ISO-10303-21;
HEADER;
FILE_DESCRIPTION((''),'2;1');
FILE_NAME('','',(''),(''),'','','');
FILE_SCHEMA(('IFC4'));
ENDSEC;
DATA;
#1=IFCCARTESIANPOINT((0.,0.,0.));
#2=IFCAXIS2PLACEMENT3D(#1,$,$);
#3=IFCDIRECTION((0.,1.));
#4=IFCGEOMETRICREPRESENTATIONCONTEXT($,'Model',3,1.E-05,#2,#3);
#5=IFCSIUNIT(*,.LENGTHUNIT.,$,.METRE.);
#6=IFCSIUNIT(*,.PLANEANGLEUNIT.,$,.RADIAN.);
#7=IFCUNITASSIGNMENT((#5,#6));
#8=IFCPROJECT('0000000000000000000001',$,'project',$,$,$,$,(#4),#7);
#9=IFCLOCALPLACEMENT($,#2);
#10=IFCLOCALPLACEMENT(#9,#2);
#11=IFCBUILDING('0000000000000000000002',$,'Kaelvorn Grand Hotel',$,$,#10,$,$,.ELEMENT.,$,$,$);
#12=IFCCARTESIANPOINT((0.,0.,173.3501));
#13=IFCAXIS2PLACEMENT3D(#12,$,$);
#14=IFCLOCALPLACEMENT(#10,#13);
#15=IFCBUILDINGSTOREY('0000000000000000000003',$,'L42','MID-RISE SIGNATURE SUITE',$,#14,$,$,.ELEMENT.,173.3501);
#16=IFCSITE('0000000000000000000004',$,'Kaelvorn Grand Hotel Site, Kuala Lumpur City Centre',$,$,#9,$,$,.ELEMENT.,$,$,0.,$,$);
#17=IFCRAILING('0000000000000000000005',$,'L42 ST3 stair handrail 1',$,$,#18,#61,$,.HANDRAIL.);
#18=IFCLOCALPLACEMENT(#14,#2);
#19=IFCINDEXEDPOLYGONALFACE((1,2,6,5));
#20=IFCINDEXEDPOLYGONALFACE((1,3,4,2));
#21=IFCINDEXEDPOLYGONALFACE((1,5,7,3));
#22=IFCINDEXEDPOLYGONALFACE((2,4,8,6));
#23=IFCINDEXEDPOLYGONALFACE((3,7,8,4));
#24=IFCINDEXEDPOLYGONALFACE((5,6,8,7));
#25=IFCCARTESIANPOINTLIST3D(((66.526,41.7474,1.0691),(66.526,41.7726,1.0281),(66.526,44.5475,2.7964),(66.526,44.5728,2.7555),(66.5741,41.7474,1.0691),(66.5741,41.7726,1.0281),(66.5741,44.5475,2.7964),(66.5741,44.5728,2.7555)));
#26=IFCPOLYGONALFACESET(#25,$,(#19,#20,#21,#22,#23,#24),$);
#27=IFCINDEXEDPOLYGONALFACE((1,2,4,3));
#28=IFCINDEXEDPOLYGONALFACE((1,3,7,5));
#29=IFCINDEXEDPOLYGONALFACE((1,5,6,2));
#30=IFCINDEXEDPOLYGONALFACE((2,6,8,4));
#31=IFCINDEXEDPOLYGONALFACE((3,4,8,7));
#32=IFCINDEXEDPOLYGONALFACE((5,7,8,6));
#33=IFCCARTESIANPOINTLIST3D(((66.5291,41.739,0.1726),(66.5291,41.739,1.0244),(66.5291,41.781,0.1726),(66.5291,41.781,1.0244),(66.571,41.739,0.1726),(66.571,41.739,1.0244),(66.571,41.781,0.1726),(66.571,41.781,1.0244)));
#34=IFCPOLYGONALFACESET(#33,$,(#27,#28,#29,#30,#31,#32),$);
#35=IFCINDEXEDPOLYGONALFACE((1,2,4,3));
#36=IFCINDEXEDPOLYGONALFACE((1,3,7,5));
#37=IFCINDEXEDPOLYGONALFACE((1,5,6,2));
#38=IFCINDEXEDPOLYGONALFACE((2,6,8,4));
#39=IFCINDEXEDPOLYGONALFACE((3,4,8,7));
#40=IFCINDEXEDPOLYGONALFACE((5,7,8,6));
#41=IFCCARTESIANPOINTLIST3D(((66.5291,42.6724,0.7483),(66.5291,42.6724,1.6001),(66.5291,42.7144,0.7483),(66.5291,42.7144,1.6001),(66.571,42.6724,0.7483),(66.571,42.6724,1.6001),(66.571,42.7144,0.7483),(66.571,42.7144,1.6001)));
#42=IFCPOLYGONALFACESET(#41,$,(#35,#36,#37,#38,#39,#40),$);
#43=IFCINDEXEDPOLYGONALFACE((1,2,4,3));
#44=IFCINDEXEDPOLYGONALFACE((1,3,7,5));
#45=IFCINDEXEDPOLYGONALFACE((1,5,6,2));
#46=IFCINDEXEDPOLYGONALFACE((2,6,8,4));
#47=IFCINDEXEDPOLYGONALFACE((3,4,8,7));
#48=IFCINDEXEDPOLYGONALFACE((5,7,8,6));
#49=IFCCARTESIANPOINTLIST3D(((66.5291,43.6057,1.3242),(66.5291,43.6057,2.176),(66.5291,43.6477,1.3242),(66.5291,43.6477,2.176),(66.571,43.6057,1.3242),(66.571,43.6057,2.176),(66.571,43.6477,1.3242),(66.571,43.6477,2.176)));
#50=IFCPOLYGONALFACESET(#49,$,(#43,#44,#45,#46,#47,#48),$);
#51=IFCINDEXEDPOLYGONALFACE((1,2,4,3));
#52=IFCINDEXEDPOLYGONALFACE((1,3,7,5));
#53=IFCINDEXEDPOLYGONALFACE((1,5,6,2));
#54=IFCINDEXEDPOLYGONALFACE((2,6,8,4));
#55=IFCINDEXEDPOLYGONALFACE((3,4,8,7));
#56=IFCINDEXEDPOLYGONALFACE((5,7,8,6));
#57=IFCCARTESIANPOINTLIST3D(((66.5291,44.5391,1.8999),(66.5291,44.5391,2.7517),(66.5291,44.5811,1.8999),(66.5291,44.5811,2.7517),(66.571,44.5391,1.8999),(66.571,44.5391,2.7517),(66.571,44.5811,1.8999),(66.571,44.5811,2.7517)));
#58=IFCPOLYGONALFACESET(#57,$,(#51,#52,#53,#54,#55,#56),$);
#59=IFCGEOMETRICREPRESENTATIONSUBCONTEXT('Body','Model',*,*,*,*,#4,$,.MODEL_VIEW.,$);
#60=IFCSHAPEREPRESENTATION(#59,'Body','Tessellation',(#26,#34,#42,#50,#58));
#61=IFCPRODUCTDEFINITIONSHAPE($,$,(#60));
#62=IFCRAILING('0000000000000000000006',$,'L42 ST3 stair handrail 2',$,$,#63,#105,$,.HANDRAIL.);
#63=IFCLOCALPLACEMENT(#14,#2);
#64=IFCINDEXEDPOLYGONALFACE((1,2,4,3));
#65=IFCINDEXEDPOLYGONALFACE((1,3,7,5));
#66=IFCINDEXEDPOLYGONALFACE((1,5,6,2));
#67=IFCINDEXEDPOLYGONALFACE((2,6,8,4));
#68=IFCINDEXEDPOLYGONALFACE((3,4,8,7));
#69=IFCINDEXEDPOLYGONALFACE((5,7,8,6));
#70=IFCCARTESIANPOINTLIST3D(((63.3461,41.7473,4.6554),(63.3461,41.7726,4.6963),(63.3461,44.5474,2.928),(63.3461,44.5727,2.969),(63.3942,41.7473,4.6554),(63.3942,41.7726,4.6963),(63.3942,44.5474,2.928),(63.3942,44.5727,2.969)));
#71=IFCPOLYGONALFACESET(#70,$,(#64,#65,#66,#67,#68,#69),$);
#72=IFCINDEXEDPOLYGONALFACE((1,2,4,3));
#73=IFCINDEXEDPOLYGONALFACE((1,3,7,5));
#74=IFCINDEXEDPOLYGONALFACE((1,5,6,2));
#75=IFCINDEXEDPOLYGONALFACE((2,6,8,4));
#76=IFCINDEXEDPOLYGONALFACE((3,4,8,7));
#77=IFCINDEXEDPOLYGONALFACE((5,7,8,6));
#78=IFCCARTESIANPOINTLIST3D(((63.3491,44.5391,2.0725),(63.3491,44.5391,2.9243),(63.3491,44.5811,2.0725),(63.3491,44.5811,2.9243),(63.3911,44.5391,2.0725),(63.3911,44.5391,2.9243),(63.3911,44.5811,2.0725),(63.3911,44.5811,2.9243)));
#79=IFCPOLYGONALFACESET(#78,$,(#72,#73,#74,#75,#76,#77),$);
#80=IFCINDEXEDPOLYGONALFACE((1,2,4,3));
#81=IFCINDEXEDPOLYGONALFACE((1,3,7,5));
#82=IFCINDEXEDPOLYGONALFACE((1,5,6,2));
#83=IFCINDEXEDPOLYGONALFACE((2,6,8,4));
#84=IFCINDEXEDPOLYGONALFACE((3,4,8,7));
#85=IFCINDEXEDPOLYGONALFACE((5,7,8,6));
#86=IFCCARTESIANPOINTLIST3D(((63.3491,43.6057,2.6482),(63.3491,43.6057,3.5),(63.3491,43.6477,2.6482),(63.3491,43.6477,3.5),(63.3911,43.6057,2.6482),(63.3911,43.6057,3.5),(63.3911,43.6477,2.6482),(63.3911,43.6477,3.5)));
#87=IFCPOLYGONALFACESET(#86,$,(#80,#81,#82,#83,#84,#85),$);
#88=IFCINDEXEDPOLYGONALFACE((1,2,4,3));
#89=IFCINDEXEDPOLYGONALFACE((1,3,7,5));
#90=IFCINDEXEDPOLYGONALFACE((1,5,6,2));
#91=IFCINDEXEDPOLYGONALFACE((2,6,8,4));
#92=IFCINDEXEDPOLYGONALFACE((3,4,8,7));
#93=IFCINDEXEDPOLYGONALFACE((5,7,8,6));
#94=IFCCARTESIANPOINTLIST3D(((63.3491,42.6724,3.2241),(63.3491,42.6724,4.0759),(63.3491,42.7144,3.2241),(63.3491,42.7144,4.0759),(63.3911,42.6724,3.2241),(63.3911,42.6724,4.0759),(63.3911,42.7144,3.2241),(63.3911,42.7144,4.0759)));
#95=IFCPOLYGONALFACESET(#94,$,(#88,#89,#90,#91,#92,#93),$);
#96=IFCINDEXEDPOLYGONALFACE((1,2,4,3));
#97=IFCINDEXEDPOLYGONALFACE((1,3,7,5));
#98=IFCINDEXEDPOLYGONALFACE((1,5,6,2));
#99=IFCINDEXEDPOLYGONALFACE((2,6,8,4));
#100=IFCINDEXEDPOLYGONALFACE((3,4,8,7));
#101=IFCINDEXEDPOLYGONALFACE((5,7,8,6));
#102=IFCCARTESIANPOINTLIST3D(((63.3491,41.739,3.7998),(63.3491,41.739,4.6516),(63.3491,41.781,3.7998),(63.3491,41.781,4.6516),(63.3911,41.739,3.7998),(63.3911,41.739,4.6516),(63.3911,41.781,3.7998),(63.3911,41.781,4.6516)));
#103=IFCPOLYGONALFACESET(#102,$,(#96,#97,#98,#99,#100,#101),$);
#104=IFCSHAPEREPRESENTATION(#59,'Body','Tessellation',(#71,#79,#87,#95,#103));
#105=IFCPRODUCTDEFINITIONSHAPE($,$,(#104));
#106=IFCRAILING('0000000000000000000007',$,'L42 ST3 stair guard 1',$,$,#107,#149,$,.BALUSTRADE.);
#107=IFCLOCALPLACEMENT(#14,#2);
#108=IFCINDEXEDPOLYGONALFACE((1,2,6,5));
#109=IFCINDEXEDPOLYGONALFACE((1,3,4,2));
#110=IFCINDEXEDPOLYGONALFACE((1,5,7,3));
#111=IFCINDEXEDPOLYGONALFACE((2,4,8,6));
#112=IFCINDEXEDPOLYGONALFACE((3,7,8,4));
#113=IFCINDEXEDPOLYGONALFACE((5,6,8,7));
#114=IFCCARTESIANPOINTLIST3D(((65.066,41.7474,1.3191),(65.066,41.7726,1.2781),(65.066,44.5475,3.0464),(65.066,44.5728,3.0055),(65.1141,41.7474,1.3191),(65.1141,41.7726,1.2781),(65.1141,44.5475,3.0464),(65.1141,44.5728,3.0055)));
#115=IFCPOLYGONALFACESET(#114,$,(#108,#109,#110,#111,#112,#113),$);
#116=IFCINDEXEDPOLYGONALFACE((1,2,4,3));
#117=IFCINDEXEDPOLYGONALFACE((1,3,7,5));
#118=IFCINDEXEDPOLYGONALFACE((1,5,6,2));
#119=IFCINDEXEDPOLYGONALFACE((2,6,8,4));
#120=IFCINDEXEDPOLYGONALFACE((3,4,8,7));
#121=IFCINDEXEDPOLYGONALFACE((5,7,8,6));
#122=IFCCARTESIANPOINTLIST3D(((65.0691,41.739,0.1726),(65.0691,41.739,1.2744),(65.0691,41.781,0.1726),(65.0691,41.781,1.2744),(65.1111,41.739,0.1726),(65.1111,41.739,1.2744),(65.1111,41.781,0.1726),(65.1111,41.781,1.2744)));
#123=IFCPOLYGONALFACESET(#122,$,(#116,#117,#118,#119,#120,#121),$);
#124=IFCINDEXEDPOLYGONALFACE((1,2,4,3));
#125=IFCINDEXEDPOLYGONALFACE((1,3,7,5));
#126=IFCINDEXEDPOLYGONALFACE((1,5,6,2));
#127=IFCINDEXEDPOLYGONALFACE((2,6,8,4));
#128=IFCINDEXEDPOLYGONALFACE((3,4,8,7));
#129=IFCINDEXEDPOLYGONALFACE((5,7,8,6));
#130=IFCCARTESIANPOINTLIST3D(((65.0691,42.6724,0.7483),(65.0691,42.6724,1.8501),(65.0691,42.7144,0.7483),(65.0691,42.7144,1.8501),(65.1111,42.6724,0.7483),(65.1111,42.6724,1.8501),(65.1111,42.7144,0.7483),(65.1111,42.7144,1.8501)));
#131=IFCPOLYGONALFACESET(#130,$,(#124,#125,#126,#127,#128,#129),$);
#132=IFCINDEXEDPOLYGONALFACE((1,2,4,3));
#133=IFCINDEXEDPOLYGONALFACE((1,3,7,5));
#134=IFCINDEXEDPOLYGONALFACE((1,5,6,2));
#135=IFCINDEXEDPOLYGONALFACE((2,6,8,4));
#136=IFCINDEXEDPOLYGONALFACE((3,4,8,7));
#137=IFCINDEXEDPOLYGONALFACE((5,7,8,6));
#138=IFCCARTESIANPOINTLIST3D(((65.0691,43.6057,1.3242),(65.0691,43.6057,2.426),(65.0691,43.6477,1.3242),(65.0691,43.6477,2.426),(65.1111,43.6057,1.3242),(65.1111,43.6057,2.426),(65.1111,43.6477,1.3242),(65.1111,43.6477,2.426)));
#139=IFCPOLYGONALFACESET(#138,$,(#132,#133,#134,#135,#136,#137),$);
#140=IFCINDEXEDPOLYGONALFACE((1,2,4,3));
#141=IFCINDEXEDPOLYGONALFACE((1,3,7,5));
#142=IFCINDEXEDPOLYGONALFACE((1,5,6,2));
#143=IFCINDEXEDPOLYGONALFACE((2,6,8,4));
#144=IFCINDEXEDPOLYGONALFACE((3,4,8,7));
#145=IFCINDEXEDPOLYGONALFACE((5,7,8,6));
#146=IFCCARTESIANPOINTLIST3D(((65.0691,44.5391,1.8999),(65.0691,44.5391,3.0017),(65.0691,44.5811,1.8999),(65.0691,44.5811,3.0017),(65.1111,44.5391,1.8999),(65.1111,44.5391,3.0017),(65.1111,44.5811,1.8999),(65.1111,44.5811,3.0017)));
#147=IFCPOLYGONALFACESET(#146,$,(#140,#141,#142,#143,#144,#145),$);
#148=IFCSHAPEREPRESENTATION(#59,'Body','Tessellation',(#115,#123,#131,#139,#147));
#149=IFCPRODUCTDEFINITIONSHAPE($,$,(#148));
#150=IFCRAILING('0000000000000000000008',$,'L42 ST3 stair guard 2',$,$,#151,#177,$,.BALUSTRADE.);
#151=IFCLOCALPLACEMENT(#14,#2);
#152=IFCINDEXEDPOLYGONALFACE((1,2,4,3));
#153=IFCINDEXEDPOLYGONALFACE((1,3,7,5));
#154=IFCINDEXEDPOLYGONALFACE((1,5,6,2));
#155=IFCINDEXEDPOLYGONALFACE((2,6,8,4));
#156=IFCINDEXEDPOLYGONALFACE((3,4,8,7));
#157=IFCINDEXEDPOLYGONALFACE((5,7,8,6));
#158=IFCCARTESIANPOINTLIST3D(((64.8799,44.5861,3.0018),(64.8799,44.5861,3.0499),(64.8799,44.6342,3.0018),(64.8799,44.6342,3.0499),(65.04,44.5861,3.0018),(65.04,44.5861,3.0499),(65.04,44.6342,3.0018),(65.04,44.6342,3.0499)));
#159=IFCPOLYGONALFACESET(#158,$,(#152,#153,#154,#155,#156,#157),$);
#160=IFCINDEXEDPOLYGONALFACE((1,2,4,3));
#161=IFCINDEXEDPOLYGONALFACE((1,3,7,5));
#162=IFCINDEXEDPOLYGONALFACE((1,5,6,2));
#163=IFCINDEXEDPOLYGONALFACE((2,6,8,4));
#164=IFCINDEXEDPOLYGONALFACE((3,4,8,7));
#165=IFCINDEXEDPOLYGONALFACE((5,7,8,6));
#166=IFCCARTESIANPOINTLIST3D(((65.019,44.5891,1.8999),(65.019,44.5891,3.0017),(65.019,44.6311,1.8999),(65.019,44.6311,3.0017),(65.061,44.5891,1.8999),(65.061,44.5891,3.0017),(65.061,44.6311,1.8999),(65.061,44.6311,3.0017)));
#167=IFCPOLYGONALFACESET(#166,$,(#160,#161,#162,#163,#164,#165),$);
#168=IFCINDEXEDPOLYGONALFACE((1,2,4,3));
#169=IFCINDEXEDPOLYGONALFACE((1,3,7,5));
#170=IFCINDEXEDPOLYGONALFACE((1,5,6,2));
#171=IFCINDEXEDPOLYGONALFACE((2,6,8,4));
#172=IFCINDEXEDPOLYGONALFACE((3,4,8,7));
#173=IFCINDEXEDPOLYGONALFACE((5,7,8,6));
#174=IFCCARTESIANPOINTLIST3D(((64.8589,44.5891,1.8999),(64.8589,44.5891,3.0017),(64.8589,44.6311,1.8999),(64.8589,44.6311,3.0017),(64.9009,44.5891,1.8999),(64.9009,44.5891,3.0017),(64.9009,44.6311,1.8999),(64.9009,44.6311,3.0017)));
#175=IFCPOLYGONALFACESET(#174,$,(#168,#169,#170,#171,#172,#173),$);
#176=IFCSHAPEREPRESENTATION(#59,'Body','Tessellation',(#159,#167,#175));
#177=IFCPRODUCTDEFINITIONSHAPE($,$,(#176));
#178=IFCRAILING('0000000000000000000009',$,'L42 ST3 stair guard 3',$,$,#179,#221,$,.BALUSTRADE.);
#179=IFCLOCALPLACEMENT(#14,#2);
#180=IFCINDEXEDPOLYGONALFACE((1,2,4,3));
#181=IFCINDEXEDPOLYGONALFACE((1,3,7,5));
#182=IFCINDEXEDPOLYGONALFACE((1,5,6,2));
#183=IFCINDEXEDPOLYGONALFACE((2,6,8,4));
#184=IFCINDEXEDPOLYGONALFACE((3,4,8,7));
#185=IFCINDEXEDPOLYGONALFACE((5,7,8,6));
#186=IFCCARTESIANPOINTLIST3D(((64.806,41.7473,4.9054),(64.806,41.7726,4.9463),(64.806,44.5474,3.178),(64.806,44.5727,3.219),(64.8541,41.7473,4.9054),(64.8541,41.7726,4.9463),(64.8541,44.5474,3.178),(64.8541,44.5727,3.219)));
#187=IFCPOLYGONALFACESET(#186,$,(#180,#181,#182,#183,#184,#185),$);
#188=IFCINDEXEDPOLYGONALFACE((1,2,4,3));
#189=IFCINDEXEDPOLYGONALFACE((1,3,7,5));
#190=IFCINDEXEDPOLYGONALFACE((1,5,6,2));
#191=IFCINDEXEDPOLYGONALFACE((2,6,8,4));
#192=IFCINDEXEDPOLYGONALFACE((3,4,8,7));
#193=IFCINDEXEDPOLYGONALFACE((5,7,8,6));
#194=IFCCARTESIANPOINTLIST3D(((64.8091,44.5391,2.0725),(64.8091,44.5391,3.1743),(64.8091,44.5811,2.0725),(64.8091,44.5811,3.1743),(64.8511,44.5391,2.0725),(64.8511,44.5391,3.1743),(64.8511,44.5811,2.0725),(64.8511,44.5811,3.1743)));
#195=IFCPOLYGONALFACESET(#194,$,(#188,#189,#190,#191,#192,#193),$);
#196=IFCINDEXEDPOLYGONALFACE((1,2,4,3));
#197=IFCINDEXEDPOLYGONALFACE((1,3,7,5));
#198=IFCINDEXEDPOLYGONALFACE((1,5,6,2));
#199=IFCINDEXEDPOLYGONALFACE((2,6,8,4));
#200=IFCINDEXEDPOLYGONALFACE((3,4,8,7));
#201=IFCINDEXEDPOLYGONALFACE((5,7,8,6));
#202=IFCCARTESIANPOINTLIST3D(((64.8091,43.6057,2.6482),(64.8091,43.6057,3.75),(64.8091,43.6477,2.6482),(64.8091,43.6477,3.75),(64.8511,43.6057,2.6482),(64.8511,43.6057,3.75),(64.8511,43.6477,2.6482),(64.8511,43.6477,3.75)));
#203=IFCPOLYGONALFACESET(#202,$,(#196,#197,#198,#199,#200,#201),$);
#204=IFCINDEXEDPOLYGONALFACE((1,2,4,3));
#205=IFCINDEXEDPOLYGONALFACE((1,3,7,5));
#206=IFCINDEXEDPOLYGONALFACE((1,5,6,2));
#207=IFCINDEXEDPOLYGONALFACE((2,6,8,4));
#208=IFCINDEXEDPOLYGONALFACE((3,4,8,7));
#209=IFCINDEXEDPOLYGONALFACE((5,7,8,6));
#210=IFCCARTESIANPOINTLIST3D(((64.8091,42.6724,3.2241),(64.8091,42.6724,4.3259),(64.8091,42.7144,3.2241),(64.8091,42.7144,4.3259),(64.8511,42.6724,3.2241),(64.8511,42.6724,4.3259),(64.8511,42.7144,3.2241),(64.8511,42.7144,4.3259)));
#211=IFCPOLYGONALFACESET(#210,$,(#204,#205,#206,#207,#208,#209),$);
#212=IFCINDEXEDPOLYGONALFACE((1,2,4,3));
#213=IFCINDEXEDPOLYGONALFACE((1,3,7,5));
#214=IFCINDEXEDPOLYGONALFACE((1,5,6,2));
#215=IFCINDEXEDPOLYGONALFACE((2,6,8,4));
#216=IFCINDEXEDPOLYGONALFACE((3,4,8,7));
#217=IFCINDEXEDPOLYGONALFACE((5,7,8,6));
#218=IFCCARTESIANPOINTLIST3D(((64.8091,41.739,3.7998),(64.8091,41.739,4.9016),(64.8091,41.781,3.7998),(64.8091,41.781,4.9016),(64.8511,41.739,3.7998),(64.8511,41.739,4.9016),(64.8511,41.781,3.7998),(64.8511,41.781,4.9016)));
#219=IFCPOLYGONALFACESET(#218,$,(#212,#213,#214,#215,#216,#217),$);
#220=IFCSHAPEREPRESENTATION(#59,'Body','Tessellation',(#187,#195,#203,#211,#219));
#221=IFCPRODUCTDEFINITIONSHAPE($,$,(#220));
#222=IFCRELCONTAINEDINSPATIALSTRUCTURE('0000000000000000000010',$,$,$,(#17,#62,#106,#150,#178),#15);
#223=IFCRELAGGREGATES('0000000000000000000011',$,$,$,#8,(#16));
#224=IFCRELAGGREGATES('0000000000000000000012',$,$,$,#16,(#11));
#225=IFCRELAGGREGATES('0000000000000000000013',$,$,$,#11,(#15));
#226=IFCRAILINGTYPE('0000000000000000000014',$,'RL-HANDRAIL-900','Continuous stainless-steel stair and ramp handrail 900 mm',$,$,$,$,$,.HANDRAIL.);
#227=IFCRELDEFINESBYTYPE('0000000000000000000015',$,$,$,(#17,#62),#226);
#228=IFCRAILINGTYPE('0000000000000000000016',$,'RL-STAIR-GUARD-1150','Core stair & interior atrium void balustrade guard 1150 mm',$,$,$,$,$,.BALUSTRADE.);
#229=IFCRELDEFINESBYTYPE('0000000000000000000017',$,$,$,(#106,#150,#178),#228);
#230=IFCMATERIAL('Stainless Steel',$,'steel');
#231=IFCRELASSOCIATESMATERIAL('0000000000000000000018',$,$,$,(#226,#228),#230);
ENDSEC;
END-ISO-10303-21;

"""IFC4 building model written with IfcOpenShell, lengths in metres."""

from ifc_helpers import new_model, si_unit, direction, frame, origin, origin_2d, place, context, subcontext, project, spatial, rectangle, extrude, material, type_object, element, save


model = new_model("IFC4")

# Units and contexts
model_context = context("Model", 3, precision=1e-05, world=origin(), true_north=direction((0.0, 1.0)))
body_context = subcontext(model_context, "Body", "Model", "MODEL_VIEW")
ifc_project = project(units=[si_unit("LENGTHUNIT", "METRE"), si_unit("PLANEANGLEUNIT", "RADIAN")], contexts=[model_context])

# Site, building, storey
site_placement = place(None, origin())
site = spatial("IfcSite", under=ifc_project, at=site_placement, Name="Kaelvorn Grand Hotel Site, Kuala Lumpur City Centre", CompositionType="ELEMENT", RefElevation=0.0)
building_placement = place(site_placement, origin())
building = spatial("IfcBuilding", under=site, at=building_placement, Name="Kaelvorn Grand Hotel", CompositionType="ELEMENT")
storey_placement = place(building_placement, frame((0.0, 0.0, 173.3501)))
storey = spatial("IfcBuildingStorey", under=building, at=storey_placement, Name="L42", Description="MID-RISE SIGNATURE SUITE", CompositionType="ELEMENT", Elevation=173.3501)

# Shared definitions
ifc_material_1 = material(Name="Stainless Steel", Category="steel")

# Railings
railing_type_1 = type_object("IfcRailingType", Name="RL-HANDRAIL-900", Description="Continuous stainless-steel stair and ramp handrail 900 mm", PredefinedType="HANDRAIL", material=ifc_material_1)
railing_1_placement = place(storey_placement, frame((66.55, 41.76, 0.1726)))
element("IfcRailing", 1, at=railing_1_placement, inside=storey, type_object=railing_type_1, Name="L42 ST3 stair handrail 1", PredefinedType="HANDRAIL", context=body_context, shape_type="SweptSolid", body=[
    extrude(rectangle(XDim=0.0481, YDim=0.0481, at=origin_2d()), frame((0.0, 0.0, 0.876), z_axis=(0.0, 0.85109, 0.52502), x_axis=(-1.0, 0.0, 0.0)), (0.0, 0.0, 1.0), 3.29),
    extrude(rectangle(XDim=0.042, YDim=0.042, at=origin_2d()), origin(), (0.0, 0.0, 1.0), 0.8518),
    extrude(rectangle(XDim=0.042, YDim=0.042, at=origin_2d()), frame((0.0, 0.9333, 0.5757)), (0.0, 0.0, 1.0), 0.8518),
    extrude(rectangle(XDim=0.042, YDim=0.042, at=origin_2d()), frame((0.0, 1.8667, 1.1516)), (0.0, 0.0, 1.0), 0.8518),
    extrude(rectangle(XDim=0.042, YDim=0.042, at=origin_2d()), frame((0.0, 2.8, 1.7273)), (0.0, 0.0, 1.0), 0.8518),
])
railing_2_placement = place(storey_placement, frame((63.3701, 44.5601, 2.0725)))
element("IfcRailing", 2, at=railing_2_placement, inside=storey, type_object=railing_type_1, Name="L42 ST3 stair handrail 2", PredefinedType="HANDRAIL", context=body_context, shape_type="SweptSolid", body=[
    extrude(rectangle(XDim=0.0481, YDim=0.0481, at=origin_2d()), frame((0.0, 0.0, 0.876), z_axis=(0.0, -0.85109, 0.52502), x_axis=(1.0, 0.0, 0.0)), (0.0, 0.0, 1.0), 3.29),
    extrude(rectangle(XDim=0.042, YDim=0.042, at=origin_2d()), origin(), (0.0, 0.0, 1.0), 0.8518),
    extrude(rectangle(XDim=0.042, YDim=0.042, at=origin_2d()), frame((0.0, -0.9333, 0.5757)), (0.0, 0.0, 1.0), 0.8518),
    extrude(rectangle(XDim=0.042, YDim=0.042, at=origin_2d()), frame((0.0, -1.8667, 1.1516)), (0.0, 0.0, 1.0), 0.8518),
    extrude(rectangle(XDim=0.042, YDim=0.042, at=origin_2d()), frame((0.0, -2.8, 1.7273)), (0.0, 0.0, 1.0), 0.8518),
])
railing_type_2 = type_object("IfcRailingType", Name="RL-STAIR-GUARD-1150", Description="Core stair & interior atrium void balustrade guard 1150 mm", PredefinedType="BALUSTRADE", material=ifc_material_1)
railing_3_placement = place(storey_placement, frame((65.0901, 41.76, 0.1726)))
element("IfcRailing", 3, at=railing_3_placement, inside=storey, type_object=railing_type_2, Name="L42 ST3 stair guard 1", PredefinedType="BALUSTRADE", context=body_context, shape_type="SweptSolid", body=[
    extrude(rectangle(XDim=0.0481, YDim=0.0481, at=origin_2d()), frame((0.0, 0.0, 1.126), z_axis=(0.0, 0.85109, 0.52502), x_axis=(-1.0, 0.0, 0.0)), (0.0, 0.0, 1.0), 3.29),
    extrude(rectangle(XDim=0.042, YDim=0.042, at=origin_2d()), origin(), (0.0, 0.0, 1.0), 1.1018),
    extrude(rectangle(XDim=0.042, YDim=0.042, at=origin_2d()), frame((0.0, 0.9333, 0.5757)), (0.0, 0.0, 1.0), 1.1018),
    extrude(rectangle(XDim=0.042, YDim=0.042, at=origin_2d()), frame((0.0, 1.8667, 1.1516)), (0.0, 0.0, 1.0), 1.1018),
    extrude(rectangle(XDim=0.042, YDim=0.042, at=origin_2d()), frame((0.0, 2.8, 1.7273)), (0.0, 0.0, 1.0), 1.1018),
])
railing_4_placement = place(storey_placement, frame((65.04, 44.6101, 1.8999)))
element("IfcRailing", 4, at=railing_4_placement, inside=storey, type_object=railing_type_2, Name="L42 ST3 stair guard 2", PredefinedType="BALUSTRADE", context=body_context, shape_type="SweptSolid", body=[
    extrude(rectangle(XDim=0.0481, YDim=0.0481, at=origin_2d()), frame((0.0, 0.0, 1.126), z_axis=(-1.0, 0.0, 0.0), x_axis=(0.0, -1.0, 0.0)), (0.0, 0.0, 1.0), 0.1602),
    extrude(rectangle(XDim=0.042, YDim=0.042, at=origin_2d()), origin(), (0.0, 0.0, 1.0), 1.1018),
    extrude(rectangle(XDim=0.042, YDim=0.042, at=origin_2d()), frame((-0.1602, 0.0, 0.0)), (0.0, 0.0, 1.0), 1.1018),
])
railing_5_placement = place(storey_placement, frame((64.8301, 44.5601, 2.0725)))
element("IfcRailing", 5, at=railing_5_placement, inside=storey, type_object=railing_type_2, Name="L42 ST3 stair guard 3", PredefinedType="BALUSTRADE", context=body_context, shape_type="SweptSolid", body=[
    extrude(rectangle(XDim=0.0481, YDim=0.0481, at=origin_2d()), frame((0.0, 0.0, 1.126), z_axis=(0.0, -0.85109, 0.52502), x_axis=(1.0, 0.0, 0.0)), (0.0, 0.0, 1.0), 3.29),
    extrude(rectangle(XDim=0.042, YDim=0.042, at=origin_2d()), origin(), (0.0, 0.0, 1.0), 1.1018),
    extrude(rectangle(XDim=0.042, YDim=0.042, at=origin_2d()), frame((0.0, -0.9333, 0.5757)), (0.0, 0.0, 1.0), 1.1018),
    extrude(rectangle(XDim=0.042, YDim=0.042, at=origin_2d()), frame((0.0, -1.8667, 1.1516)), (0.0, 0.0, 1.0), 1.1018),
    extrude(rectangle(XDim=0.042, YDim=0.042, at=origin_2d()), frame((0.0, -2.8, 1.7273)), (0.0, 0.0, 1.0), 1.1018),
])

save(model, "model.ifc")
